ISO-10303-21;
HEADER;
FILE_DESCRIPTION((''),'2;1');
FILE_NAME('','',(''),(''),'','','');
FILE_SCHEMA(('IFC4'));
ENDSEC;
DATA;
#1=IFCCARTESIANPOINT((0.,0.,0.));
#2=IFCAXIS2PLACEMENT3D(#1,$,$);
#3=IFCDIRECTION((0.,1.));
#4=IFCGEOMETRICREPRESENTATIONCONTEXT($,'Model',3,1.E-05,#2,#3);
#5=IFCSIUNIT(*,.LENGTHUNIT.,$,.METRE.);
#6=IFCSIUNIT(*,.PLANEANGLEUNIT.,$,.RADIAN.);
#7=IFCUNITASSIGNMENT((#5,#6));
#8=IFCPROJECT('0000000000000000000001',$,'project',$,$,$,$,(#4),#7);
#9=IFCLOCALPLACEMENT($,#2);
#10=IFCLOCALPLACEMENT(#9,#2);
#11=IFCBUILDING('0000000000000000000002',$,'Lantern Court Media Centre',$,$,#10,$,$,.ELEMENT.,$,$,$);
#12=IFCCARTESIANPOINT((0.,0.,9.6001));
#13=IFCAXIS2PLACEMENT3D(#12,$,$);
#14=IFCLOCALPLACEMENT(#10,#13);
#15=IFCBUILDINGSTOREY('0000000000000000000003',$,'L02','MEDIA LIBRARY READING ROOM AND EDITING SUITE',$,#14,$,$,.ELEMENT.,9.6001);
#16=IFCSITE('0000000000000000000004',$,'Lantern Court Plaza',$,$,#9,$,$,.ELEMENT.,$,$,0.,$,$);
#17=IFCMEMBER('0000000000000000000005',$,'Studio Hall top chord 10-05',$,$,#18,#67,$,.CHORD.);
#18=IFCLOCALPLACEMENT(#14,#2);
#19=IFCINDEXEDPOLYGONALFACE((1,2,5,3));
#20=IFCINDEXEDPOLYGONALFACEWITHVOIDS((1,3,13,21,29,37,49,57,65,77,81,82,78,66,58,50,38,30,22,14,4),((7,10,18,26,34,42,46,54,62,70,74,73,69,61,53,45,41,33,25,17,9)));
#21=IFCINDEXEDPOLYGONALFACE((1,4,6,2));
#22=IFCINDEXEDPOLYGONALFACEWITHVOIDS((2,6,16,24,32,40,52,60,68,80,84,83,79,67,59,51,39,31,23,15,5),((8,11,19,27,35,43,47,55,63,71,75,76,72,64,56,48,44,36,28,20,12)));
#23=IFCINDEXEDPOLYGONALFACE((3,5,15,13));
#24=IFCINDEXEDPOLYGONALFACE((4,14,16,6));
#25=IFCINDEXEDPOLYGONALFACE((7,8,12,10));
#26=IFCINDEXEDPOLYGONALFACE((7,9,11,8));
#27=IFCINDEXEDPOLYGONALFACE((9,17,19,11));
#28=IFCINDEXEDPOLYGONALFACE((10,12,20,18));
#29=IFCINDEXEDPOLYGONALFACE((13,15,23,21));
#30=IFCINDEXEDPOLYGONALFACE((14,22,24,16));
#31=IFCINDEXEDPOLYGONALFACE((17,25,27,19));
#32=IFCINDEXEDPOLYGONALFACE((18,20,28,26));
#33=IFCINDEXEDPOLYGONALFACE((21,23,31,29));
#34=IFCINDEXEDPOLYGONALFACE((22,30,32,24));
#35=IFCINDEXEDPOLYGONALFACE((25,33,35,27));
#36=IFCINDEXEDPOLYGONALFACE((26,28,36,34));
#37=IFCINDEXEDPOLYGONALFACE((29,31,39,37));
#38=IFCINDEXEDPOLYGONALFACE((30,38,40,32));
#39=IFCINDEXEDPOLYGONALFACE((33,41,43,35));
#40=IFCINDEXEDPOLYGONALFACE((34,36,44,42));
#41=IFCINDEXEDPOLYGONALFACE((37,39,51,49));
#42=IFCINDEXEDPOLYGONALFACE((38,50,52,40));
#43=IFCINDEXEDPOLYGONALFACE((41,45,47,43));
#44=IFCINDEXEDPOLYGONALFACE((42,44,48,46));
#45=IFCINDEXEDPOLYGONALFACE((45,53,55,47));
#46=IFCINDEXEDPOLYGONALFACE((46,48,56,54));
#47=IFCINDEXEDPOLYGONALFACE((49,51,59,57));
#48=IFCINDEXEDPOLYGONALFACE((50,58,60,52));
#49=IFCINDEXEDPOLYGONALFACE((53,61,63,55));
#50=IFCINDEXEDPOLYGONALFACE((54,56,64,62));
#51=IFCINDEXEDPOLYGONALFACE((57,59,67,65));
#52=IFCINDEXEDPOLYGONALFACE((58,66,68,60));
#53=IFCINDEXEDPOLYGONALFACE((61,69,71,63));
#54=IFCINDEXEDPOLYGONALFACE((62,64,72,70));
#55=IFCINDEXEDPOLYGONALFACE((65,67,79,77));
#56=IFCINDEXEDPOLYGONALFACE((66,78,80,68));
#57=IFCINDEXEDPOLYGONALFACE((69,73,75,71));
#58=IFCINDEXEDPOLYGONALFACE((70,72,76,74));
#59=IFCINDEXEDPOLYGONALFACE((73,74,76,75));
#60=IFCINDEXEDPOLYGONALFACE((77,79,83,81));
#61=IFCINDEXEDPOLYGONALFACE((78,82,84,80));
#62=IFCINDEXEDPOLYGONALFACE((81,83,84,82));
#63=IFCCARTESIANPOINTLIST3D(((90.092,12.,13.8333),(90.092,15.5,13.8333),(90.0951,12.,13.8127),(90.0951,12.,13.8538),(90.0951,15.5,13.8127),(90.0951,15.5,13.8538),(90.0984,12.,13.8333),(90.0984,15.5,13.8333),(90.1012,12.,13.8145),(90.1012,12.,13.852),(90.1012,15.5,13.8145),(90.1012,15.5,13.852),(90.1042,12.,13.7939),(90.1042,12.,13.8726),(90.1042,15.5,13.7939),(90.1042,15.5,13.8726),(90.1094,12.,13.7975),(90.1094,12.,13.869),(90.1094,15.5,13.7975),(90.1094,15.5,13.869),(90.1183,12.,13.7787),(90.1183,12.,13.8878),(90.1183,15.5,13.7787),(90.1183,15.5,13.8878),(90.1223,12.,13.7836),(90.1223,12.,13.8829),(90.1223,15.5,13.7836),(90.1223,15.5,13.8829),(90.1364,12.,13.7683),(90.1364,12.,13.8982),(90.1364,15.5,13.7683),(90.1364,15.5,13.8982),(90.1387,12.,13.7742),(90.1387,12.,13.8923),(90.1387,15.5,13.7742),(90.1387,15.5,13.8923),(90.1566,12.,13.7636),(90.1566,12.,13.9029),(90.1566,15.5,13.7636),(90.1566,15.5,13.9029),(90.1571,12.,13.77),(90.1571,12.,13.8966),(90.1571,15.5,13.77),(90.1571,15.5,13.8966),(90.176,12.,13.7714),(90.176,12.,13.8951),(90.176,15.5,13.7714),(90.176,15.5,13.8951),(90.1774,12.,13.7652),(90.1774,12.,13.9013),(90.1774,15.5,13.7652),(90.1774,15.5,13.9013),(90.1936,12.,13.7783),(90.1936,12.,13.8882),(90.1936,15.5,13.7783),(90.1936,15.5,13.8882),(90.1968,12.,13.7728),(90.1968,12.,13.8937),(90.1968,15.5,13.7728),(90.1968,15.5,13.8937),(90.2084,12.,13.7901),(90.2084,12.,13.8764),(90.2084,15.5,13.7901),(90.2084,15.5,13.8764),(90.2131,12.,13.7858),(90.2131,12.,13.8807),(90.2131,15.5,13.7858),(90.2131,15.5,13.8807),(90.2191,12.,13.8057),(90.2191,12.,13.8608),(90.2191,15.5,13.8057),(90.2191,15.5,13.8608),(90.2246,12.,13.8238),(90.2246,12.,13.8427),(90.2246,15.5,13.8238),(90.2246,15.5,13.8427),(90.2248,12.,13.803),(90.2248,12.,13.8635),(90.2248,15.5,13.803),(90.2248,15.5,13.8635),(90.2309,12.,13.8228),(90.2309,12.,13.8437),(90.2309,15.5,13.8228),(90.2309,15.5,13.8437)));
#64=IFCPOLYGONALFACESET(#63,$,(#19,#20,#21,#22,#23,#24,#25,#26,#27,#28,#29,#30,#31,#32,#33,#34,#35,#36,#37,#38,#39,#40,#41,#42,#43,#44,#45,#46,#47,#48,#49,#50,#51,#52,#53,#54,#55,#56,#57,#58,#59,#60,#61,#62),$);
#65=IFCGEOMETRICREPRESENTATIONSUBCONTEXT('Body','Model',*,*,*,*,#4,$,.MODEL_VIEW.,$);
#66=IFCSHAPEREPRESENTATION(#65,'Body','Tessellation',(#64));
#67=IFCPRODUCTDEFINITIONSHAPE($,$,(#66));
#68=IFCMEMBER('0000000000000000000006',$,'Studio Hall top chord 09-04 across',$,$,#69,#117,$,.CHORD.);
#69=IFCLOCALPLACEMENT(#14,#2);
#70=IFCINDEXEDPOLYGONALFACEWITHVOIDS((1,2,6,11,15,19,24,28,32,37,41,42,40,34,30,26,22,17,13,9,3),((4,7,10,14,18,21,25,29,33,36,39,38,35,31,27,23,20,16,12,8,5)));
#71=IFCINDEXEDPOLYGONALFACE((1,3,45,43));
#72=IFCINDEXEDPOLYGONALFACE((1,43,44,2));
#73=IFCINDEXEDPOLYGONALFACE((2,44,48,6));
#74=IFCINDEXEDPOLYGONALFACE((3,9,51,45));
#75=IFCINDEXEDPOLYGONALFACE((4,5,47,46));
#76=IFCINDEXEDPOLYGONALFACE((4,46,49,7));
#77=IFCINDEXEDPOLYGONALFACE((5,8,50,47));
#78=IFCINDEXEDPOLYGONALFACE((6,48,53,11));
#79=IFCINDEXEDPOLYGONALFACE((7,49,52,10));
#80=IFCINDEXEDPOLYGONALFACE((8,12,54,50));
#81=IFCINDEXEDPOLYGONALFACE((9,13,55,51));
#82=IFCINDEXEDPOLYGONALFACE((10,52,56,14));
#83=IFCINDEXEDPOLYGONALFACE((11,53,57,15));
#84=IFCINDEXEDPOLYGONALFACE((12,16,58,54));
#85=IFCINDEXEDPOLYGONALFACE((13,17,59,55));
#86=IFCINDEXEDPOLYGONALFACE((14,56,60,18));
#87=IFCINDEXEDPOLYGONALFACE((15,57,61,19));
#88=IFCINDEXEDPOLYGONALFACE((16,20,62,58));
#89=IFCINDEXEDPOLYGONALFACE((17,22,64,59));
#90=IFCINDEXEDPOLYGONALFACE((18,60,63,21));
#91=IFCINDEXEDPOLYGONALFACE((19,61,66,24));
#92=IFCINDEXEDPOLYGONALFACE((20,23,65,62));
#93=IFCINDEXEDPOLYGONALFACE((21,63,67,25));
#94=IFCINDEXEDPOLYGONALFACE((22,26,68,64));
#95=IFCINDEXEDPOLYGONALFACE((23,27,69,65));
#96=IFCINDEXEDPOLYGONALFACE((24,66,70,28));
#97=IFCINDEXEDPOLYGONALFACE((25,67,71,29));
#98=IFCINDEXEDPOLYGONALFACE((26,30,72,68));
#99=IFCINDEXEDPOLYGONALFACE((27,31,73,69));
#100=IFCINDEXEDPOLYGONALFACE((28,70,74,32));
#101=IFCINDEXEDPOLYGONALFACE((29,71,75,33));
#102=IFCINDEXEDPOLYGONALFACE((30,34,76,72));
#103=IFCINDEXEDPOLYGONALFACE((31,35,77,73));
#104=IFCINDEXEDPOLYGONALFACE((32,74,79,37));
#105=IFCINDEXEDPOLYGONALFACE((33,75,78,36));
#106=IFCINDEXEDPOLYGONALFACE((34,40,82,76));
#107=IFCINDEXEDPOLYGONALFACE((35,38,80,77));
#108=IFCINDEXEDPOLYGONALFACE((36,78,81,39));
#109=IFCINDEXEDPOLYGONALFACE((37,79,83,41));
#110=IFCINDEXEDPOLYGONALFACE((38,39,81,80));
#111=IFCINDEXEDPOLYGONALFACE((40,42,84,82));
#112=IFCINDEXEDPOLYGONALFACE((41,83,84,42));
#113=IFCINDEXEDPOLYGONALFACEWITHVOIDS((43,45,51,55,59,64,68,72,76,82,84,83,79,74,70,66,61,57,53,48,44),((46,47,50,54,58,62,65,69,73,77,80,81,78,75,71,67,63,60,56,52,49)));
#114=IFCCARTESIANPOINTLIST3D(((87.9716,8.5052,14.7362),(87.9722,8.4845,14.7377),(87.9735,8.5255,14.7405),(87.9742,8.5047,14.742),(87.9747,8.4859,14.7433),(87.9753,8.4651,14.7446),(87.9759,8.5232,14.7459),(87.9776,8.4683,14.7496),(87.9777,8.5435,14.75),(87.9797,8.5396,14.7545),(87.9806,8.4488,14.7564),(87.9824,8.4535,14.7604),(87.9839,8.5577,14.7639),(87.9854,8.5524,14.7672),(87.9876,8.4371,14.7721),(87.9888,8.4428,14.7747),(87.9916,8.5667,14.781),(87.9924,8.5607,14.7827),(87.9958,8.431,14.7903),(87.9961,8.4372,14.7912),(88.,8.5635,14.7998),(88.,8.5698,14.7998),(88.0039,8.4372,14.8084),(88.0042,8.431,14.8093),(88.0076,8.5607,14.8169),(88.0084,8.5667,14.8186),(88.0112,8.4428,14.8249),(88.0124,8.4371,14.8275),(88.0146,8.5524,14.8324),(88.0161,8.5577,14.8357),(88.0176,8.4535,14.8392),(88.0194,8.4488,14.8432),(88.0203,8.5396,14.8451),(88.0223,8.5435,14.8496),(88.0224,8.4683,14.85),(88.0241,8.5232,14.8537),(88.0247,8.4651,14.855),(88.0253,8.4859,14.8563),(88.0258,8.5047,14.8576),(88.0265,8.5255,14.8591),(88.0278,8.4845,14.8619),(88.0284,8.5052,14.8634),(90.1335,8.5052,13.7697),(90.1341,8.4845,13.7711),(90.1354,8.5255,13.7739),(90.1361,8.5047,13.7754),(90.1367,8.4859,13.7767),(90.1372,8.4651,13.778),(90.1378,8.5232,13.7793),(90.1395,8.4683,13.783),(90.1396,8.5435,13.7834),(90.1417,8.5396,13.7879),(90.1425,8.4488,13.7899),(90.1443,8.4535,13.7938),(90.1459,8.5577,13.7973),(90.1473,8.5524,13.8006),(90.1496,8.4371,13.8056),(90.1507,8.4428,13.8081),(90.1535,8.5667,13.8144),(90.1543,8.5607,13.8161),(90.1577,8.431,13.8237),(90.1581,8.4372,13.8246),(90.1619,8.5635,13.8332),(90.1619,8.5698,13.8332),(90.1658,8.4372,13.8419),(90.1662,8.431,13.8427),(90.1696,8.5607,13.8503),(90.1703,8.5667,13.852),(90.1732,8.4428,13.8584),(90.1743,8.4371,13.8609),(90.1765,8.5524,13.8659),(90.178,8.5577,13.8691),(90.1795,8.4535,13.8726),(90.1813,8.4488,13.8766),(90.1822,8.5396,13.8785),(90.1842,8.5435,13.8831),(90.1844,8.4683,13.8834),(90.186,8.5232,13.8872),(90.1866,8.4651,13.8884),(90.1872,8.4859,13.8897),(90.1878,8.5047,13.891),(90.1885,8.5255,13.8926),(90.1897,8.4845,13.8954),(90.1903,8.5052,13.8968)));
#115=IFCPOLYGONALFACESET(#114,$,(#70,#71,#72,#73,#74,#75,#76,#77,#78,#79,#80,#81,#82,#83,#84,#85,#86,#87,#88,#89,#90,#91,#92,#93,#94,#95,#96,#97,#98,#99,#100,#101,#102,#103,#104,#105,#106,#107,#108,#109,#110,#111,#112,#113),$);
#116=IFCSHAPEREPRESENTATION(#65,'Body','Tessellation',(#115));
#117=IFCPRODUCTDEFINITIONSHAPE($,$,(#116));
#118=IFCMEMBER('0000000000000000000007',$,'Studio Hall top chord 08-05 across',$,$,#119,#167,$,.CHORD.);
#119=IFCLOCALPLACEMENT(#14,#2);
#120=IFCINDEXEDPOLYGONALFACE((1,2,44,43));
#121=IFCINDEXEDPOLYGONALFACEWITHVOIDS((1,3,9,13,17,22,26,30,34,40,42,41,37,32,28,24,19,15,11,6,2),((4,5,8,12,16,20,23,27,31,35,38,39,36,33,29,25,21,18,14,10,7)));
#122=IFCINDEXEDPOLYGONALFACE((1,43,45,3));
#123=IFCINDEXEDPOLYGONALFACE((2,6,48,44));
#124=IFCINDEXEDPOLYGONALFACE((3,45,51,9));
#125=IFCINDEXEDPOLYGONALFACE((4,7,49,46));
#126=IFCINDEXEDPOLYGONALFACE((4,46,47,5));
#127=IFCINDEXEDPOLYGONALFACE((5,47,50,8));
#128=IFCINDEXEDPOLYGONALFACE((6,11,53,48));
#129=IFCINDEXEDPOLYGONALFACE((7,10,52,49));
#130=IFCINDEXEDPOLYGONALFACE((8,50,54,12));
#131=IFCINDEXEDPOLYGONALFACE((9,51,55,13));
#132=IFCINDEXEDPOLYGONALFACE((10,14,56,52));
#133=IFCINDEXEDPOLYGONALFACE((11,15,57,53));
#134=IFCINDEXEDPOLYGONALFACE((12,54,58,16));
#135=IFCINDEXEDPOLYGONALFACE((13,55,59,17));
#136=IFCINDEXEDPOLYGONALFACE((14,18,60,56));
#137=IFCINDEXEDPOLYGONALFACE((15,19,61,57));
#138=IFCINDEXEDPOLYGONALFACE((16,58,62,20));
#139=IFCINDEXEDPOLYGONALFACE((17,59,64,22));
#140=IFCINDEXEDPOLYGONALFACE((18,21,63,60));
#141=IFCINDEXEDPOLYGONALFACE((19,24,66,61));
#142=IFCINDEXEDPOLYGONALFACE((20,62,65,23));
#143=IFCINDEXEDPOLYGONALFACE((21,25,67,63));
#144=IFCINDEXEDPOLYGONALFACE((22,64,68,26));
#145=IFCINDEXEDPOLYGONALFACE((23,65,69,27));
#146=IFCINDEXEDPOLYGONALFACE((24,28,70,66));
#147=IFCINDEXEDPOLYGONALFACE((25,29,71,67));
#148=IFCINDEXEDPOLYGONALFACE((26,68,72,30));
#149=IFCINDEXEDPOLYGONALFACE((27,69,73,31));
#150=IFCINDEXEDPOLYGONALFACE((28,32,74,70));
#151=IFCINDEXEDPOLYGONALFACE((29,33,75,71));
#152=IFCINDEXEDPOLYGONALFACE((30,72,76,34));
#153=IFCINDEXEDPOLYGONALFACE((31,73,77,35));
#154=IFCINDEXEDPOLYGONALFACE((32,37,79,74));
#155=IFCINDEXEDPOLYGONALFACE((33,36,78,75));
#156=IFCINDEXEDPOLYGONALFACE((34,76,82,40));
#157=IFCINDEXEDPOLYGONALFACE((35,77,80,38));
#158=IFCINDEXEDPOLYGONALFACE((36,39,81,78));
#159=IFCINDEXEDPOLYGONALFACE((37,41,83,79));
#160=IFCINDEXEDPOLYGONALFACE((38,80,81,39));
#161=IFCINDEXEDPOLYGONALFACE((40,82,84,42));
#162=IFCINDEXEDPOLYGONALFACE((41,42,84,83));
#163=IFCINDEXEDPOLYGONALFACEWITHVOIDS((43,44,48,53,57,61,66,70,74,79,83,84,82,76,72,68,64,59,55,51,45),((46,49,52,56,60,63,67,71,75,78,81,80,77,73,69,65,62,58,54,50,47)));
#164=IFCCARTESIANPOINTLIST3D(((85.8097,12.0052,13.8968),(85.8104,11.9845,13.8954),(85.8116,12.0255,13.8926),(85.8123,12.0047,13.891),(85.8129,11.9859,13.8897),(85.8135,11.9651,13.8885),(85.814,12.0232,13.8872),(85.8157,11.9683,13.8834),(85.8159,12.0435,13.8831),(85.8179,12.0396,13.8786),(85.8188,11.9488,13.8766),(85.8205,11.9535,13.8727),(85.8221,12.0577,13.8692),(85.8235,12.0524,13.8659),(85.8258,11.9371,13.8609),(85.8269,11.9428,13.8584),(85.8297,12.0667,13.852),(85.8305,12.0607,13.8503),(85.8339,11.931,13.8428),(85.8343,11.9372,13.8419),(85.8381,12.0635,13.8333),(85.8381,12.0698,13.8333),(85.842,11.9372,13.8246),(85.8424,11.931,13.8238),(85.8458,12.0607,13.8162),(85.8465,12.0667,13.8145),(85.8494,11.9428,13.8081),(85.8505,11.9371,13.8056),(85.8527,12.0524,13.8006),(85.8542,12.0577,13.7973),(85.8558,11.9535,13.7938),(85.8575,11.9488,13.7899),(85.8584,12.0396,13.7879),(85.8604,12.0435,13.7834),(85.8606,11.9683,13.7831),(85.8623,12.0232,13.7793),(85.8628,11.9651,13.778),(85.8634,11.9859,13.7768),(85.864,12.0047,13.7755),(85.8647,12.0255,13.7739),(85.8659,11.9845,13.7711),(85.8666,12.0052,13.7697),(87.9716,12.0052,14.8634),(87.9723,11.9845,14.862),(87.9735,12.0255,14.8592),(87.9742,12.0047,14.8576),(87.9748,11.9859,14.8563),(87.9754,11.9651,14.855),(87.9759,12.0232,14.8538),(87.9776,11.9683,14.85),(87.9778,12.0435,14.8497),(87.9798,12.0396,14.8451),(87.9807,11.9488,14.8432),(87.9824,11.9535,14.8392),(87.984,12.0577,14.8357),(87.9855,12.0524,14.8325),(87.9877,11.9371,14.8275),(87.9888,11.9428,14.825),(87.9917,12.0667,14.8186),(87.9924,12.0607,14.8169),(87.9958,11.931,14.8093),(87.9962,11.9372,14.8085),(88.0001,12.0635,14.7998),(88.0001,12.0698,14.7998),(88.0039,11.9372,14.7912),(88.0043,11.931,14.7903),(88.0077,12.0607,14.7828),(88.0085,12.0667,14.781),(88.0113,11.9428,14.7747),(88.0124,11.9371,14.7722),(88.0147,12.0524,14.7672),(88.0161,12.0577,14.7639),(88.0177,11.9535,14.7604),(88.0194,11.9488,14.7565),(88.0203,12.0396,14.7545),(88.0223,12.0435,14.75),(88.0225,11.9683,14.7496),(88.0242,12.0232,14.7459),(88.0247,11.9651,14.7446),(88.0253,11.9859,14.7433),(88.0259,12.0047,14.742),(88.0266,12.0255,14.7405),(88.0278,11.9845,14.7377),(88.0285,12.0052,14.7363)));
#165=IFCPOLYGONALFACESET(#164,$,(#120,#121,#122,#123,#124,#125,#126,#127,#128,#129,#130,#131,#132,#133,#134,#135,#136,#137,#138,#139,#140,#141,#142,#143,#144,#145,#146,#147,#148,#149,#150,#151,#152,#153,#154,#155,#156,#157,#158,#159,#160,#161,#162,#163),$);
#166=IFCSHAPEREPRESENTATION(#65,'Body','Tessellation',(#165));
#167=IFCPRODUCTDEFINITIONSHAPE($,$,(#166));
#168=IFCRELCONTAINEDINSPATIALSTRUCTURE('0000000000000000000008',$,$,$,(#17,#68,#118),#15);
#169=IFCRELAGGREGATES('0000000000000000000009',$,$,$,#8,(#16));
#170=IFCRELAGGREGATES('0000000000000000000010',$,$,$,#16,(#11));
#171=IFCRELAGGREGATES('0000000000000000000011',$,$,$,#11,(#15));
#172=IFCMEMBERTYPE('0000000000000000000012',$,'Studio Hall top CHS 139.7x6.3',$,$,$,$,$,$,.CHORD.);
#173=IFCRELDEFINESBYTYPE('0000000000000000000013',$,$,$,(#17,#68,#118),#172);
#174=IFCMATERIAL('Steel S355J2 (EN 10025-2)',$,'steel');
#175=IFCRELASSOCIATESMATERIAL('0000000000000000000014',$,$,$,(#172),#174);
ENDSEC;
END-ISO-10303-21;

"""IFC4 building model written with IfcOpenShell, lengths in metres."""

from ifc_helpers import new_model, si_unit, direction, frame, origin, origin_2d, place, context, subcontext, project, spatial, hollow_circle, extrude, material, material_profile, profile_set, type_object, element, save


model = new_model("IFC4")

# Units and contexts
model_context = context("Model", 3, precision=1e-05, world=origin(), true_north=direction((0.0, 1.0)))
body_context = subcontext(model_context, "Body", "Model", "MODEL_VIEW")
ifc_project = project(units=[si_unit("LENGTHUNIT", "METRE"), si_unit("PLANEANGLEUNIT", "RADIAN")], contexts=[model_context])

# Site, building, storey
site_placement = place(None, origin())
site = spatial("IfcSite", under=ifc_project, at=site_placement, Name="Lantern Court Plaza", CompositionType="ELEMENT", RefElevation=0.0)
building_placement = place(site_placement, origin())
building = spatial("IfcBuilding", under=site, at=building_placement, Name="Lantern Court Media Centre", CompositionType="ELEMENT")
storey_placement = place(building_placement, frame((0.0, 0.0, 9.6001)))
storey = spatial("IfcBuildingStorey", under=building, at=storey_placement, Name="L02", Description="MEDIA LIBRARY READING ROOM AND EDITING SUITE", CompositionType="ELEMENT", Elevation=9.6001)

# Members
ifc_material = material(Name="Steel S355J2 (EN 10025-2)", Category="steel")
ifc_material_profile_1 = material_profile(ifc_material, hollow_circle(Radius=0.0698, WallThickness=0.0063, at=origin_2d()), Name="Studio Hall top CHS 139.7x6.3")
ifc_profile_set_1 = profile_set([ifc_material_profile_1], Name="Steel S355J2 (EN 10025-2)")
member_type_1 = type_object("IfcMemberType", Name="Studio Hall top CHS 139.7x6.3", PredefinedType="CHORD", material=ifc_profile_set_1)
for number, where, z_axis, x_axis, name in (
    (1, (90.1619, 12.0, 13.8333), (0.0, 1.0, 0.0), (-1.0, 0.0, 0.0), "Studio Hall top chord 10-05"),
):
    element("IfcMember", number, at=place(storey_placement, frame(where, z_axis=z_axis, x_axis=x_axis)), inside=storey, type_object=member_type_1, Name=name, PredefinedType="CHORD", context=body_context, shape_type="SweptSolid", body=[
        extrude(hollow_circle(Radius=0.0698, WallThickness=0.0063, at=origin_2d()), origin(), (0.0, 0.0, 1.0), 3.5),
    ])
for number, where, z_axis, x_axis, name in (
    (2, (88.0, 8.5, 14.7998), (0.912912, 0.0, -0.408156), (0.0, 1.0, 0.0), "Studio Hall top chord 09-04 across"),
    (3, (85.8381, 12.0, 13.8333), (0.912912, 0.0, 0.408156), (0.0, 1.0, 0.0), "Studio Hall top chord 08-05 across"),
):
    element("IfcMember", number, at=place(storey_placement, frame(where, z_axis=z_axis, x_axis=x_axis)), inside=storey, type_object=member_type_1, Name=name, PredefinedType="CHORD", context=body_context, shape_type="SweptSolid", body=[
        extrude(hollow_circle(Radius=0.0698, WallThickness=0.0063, at=origin_2d()), origin(), (0.0, 0.0, 1.0), 2.3682),
    ])

save(model, "model.ifc")
